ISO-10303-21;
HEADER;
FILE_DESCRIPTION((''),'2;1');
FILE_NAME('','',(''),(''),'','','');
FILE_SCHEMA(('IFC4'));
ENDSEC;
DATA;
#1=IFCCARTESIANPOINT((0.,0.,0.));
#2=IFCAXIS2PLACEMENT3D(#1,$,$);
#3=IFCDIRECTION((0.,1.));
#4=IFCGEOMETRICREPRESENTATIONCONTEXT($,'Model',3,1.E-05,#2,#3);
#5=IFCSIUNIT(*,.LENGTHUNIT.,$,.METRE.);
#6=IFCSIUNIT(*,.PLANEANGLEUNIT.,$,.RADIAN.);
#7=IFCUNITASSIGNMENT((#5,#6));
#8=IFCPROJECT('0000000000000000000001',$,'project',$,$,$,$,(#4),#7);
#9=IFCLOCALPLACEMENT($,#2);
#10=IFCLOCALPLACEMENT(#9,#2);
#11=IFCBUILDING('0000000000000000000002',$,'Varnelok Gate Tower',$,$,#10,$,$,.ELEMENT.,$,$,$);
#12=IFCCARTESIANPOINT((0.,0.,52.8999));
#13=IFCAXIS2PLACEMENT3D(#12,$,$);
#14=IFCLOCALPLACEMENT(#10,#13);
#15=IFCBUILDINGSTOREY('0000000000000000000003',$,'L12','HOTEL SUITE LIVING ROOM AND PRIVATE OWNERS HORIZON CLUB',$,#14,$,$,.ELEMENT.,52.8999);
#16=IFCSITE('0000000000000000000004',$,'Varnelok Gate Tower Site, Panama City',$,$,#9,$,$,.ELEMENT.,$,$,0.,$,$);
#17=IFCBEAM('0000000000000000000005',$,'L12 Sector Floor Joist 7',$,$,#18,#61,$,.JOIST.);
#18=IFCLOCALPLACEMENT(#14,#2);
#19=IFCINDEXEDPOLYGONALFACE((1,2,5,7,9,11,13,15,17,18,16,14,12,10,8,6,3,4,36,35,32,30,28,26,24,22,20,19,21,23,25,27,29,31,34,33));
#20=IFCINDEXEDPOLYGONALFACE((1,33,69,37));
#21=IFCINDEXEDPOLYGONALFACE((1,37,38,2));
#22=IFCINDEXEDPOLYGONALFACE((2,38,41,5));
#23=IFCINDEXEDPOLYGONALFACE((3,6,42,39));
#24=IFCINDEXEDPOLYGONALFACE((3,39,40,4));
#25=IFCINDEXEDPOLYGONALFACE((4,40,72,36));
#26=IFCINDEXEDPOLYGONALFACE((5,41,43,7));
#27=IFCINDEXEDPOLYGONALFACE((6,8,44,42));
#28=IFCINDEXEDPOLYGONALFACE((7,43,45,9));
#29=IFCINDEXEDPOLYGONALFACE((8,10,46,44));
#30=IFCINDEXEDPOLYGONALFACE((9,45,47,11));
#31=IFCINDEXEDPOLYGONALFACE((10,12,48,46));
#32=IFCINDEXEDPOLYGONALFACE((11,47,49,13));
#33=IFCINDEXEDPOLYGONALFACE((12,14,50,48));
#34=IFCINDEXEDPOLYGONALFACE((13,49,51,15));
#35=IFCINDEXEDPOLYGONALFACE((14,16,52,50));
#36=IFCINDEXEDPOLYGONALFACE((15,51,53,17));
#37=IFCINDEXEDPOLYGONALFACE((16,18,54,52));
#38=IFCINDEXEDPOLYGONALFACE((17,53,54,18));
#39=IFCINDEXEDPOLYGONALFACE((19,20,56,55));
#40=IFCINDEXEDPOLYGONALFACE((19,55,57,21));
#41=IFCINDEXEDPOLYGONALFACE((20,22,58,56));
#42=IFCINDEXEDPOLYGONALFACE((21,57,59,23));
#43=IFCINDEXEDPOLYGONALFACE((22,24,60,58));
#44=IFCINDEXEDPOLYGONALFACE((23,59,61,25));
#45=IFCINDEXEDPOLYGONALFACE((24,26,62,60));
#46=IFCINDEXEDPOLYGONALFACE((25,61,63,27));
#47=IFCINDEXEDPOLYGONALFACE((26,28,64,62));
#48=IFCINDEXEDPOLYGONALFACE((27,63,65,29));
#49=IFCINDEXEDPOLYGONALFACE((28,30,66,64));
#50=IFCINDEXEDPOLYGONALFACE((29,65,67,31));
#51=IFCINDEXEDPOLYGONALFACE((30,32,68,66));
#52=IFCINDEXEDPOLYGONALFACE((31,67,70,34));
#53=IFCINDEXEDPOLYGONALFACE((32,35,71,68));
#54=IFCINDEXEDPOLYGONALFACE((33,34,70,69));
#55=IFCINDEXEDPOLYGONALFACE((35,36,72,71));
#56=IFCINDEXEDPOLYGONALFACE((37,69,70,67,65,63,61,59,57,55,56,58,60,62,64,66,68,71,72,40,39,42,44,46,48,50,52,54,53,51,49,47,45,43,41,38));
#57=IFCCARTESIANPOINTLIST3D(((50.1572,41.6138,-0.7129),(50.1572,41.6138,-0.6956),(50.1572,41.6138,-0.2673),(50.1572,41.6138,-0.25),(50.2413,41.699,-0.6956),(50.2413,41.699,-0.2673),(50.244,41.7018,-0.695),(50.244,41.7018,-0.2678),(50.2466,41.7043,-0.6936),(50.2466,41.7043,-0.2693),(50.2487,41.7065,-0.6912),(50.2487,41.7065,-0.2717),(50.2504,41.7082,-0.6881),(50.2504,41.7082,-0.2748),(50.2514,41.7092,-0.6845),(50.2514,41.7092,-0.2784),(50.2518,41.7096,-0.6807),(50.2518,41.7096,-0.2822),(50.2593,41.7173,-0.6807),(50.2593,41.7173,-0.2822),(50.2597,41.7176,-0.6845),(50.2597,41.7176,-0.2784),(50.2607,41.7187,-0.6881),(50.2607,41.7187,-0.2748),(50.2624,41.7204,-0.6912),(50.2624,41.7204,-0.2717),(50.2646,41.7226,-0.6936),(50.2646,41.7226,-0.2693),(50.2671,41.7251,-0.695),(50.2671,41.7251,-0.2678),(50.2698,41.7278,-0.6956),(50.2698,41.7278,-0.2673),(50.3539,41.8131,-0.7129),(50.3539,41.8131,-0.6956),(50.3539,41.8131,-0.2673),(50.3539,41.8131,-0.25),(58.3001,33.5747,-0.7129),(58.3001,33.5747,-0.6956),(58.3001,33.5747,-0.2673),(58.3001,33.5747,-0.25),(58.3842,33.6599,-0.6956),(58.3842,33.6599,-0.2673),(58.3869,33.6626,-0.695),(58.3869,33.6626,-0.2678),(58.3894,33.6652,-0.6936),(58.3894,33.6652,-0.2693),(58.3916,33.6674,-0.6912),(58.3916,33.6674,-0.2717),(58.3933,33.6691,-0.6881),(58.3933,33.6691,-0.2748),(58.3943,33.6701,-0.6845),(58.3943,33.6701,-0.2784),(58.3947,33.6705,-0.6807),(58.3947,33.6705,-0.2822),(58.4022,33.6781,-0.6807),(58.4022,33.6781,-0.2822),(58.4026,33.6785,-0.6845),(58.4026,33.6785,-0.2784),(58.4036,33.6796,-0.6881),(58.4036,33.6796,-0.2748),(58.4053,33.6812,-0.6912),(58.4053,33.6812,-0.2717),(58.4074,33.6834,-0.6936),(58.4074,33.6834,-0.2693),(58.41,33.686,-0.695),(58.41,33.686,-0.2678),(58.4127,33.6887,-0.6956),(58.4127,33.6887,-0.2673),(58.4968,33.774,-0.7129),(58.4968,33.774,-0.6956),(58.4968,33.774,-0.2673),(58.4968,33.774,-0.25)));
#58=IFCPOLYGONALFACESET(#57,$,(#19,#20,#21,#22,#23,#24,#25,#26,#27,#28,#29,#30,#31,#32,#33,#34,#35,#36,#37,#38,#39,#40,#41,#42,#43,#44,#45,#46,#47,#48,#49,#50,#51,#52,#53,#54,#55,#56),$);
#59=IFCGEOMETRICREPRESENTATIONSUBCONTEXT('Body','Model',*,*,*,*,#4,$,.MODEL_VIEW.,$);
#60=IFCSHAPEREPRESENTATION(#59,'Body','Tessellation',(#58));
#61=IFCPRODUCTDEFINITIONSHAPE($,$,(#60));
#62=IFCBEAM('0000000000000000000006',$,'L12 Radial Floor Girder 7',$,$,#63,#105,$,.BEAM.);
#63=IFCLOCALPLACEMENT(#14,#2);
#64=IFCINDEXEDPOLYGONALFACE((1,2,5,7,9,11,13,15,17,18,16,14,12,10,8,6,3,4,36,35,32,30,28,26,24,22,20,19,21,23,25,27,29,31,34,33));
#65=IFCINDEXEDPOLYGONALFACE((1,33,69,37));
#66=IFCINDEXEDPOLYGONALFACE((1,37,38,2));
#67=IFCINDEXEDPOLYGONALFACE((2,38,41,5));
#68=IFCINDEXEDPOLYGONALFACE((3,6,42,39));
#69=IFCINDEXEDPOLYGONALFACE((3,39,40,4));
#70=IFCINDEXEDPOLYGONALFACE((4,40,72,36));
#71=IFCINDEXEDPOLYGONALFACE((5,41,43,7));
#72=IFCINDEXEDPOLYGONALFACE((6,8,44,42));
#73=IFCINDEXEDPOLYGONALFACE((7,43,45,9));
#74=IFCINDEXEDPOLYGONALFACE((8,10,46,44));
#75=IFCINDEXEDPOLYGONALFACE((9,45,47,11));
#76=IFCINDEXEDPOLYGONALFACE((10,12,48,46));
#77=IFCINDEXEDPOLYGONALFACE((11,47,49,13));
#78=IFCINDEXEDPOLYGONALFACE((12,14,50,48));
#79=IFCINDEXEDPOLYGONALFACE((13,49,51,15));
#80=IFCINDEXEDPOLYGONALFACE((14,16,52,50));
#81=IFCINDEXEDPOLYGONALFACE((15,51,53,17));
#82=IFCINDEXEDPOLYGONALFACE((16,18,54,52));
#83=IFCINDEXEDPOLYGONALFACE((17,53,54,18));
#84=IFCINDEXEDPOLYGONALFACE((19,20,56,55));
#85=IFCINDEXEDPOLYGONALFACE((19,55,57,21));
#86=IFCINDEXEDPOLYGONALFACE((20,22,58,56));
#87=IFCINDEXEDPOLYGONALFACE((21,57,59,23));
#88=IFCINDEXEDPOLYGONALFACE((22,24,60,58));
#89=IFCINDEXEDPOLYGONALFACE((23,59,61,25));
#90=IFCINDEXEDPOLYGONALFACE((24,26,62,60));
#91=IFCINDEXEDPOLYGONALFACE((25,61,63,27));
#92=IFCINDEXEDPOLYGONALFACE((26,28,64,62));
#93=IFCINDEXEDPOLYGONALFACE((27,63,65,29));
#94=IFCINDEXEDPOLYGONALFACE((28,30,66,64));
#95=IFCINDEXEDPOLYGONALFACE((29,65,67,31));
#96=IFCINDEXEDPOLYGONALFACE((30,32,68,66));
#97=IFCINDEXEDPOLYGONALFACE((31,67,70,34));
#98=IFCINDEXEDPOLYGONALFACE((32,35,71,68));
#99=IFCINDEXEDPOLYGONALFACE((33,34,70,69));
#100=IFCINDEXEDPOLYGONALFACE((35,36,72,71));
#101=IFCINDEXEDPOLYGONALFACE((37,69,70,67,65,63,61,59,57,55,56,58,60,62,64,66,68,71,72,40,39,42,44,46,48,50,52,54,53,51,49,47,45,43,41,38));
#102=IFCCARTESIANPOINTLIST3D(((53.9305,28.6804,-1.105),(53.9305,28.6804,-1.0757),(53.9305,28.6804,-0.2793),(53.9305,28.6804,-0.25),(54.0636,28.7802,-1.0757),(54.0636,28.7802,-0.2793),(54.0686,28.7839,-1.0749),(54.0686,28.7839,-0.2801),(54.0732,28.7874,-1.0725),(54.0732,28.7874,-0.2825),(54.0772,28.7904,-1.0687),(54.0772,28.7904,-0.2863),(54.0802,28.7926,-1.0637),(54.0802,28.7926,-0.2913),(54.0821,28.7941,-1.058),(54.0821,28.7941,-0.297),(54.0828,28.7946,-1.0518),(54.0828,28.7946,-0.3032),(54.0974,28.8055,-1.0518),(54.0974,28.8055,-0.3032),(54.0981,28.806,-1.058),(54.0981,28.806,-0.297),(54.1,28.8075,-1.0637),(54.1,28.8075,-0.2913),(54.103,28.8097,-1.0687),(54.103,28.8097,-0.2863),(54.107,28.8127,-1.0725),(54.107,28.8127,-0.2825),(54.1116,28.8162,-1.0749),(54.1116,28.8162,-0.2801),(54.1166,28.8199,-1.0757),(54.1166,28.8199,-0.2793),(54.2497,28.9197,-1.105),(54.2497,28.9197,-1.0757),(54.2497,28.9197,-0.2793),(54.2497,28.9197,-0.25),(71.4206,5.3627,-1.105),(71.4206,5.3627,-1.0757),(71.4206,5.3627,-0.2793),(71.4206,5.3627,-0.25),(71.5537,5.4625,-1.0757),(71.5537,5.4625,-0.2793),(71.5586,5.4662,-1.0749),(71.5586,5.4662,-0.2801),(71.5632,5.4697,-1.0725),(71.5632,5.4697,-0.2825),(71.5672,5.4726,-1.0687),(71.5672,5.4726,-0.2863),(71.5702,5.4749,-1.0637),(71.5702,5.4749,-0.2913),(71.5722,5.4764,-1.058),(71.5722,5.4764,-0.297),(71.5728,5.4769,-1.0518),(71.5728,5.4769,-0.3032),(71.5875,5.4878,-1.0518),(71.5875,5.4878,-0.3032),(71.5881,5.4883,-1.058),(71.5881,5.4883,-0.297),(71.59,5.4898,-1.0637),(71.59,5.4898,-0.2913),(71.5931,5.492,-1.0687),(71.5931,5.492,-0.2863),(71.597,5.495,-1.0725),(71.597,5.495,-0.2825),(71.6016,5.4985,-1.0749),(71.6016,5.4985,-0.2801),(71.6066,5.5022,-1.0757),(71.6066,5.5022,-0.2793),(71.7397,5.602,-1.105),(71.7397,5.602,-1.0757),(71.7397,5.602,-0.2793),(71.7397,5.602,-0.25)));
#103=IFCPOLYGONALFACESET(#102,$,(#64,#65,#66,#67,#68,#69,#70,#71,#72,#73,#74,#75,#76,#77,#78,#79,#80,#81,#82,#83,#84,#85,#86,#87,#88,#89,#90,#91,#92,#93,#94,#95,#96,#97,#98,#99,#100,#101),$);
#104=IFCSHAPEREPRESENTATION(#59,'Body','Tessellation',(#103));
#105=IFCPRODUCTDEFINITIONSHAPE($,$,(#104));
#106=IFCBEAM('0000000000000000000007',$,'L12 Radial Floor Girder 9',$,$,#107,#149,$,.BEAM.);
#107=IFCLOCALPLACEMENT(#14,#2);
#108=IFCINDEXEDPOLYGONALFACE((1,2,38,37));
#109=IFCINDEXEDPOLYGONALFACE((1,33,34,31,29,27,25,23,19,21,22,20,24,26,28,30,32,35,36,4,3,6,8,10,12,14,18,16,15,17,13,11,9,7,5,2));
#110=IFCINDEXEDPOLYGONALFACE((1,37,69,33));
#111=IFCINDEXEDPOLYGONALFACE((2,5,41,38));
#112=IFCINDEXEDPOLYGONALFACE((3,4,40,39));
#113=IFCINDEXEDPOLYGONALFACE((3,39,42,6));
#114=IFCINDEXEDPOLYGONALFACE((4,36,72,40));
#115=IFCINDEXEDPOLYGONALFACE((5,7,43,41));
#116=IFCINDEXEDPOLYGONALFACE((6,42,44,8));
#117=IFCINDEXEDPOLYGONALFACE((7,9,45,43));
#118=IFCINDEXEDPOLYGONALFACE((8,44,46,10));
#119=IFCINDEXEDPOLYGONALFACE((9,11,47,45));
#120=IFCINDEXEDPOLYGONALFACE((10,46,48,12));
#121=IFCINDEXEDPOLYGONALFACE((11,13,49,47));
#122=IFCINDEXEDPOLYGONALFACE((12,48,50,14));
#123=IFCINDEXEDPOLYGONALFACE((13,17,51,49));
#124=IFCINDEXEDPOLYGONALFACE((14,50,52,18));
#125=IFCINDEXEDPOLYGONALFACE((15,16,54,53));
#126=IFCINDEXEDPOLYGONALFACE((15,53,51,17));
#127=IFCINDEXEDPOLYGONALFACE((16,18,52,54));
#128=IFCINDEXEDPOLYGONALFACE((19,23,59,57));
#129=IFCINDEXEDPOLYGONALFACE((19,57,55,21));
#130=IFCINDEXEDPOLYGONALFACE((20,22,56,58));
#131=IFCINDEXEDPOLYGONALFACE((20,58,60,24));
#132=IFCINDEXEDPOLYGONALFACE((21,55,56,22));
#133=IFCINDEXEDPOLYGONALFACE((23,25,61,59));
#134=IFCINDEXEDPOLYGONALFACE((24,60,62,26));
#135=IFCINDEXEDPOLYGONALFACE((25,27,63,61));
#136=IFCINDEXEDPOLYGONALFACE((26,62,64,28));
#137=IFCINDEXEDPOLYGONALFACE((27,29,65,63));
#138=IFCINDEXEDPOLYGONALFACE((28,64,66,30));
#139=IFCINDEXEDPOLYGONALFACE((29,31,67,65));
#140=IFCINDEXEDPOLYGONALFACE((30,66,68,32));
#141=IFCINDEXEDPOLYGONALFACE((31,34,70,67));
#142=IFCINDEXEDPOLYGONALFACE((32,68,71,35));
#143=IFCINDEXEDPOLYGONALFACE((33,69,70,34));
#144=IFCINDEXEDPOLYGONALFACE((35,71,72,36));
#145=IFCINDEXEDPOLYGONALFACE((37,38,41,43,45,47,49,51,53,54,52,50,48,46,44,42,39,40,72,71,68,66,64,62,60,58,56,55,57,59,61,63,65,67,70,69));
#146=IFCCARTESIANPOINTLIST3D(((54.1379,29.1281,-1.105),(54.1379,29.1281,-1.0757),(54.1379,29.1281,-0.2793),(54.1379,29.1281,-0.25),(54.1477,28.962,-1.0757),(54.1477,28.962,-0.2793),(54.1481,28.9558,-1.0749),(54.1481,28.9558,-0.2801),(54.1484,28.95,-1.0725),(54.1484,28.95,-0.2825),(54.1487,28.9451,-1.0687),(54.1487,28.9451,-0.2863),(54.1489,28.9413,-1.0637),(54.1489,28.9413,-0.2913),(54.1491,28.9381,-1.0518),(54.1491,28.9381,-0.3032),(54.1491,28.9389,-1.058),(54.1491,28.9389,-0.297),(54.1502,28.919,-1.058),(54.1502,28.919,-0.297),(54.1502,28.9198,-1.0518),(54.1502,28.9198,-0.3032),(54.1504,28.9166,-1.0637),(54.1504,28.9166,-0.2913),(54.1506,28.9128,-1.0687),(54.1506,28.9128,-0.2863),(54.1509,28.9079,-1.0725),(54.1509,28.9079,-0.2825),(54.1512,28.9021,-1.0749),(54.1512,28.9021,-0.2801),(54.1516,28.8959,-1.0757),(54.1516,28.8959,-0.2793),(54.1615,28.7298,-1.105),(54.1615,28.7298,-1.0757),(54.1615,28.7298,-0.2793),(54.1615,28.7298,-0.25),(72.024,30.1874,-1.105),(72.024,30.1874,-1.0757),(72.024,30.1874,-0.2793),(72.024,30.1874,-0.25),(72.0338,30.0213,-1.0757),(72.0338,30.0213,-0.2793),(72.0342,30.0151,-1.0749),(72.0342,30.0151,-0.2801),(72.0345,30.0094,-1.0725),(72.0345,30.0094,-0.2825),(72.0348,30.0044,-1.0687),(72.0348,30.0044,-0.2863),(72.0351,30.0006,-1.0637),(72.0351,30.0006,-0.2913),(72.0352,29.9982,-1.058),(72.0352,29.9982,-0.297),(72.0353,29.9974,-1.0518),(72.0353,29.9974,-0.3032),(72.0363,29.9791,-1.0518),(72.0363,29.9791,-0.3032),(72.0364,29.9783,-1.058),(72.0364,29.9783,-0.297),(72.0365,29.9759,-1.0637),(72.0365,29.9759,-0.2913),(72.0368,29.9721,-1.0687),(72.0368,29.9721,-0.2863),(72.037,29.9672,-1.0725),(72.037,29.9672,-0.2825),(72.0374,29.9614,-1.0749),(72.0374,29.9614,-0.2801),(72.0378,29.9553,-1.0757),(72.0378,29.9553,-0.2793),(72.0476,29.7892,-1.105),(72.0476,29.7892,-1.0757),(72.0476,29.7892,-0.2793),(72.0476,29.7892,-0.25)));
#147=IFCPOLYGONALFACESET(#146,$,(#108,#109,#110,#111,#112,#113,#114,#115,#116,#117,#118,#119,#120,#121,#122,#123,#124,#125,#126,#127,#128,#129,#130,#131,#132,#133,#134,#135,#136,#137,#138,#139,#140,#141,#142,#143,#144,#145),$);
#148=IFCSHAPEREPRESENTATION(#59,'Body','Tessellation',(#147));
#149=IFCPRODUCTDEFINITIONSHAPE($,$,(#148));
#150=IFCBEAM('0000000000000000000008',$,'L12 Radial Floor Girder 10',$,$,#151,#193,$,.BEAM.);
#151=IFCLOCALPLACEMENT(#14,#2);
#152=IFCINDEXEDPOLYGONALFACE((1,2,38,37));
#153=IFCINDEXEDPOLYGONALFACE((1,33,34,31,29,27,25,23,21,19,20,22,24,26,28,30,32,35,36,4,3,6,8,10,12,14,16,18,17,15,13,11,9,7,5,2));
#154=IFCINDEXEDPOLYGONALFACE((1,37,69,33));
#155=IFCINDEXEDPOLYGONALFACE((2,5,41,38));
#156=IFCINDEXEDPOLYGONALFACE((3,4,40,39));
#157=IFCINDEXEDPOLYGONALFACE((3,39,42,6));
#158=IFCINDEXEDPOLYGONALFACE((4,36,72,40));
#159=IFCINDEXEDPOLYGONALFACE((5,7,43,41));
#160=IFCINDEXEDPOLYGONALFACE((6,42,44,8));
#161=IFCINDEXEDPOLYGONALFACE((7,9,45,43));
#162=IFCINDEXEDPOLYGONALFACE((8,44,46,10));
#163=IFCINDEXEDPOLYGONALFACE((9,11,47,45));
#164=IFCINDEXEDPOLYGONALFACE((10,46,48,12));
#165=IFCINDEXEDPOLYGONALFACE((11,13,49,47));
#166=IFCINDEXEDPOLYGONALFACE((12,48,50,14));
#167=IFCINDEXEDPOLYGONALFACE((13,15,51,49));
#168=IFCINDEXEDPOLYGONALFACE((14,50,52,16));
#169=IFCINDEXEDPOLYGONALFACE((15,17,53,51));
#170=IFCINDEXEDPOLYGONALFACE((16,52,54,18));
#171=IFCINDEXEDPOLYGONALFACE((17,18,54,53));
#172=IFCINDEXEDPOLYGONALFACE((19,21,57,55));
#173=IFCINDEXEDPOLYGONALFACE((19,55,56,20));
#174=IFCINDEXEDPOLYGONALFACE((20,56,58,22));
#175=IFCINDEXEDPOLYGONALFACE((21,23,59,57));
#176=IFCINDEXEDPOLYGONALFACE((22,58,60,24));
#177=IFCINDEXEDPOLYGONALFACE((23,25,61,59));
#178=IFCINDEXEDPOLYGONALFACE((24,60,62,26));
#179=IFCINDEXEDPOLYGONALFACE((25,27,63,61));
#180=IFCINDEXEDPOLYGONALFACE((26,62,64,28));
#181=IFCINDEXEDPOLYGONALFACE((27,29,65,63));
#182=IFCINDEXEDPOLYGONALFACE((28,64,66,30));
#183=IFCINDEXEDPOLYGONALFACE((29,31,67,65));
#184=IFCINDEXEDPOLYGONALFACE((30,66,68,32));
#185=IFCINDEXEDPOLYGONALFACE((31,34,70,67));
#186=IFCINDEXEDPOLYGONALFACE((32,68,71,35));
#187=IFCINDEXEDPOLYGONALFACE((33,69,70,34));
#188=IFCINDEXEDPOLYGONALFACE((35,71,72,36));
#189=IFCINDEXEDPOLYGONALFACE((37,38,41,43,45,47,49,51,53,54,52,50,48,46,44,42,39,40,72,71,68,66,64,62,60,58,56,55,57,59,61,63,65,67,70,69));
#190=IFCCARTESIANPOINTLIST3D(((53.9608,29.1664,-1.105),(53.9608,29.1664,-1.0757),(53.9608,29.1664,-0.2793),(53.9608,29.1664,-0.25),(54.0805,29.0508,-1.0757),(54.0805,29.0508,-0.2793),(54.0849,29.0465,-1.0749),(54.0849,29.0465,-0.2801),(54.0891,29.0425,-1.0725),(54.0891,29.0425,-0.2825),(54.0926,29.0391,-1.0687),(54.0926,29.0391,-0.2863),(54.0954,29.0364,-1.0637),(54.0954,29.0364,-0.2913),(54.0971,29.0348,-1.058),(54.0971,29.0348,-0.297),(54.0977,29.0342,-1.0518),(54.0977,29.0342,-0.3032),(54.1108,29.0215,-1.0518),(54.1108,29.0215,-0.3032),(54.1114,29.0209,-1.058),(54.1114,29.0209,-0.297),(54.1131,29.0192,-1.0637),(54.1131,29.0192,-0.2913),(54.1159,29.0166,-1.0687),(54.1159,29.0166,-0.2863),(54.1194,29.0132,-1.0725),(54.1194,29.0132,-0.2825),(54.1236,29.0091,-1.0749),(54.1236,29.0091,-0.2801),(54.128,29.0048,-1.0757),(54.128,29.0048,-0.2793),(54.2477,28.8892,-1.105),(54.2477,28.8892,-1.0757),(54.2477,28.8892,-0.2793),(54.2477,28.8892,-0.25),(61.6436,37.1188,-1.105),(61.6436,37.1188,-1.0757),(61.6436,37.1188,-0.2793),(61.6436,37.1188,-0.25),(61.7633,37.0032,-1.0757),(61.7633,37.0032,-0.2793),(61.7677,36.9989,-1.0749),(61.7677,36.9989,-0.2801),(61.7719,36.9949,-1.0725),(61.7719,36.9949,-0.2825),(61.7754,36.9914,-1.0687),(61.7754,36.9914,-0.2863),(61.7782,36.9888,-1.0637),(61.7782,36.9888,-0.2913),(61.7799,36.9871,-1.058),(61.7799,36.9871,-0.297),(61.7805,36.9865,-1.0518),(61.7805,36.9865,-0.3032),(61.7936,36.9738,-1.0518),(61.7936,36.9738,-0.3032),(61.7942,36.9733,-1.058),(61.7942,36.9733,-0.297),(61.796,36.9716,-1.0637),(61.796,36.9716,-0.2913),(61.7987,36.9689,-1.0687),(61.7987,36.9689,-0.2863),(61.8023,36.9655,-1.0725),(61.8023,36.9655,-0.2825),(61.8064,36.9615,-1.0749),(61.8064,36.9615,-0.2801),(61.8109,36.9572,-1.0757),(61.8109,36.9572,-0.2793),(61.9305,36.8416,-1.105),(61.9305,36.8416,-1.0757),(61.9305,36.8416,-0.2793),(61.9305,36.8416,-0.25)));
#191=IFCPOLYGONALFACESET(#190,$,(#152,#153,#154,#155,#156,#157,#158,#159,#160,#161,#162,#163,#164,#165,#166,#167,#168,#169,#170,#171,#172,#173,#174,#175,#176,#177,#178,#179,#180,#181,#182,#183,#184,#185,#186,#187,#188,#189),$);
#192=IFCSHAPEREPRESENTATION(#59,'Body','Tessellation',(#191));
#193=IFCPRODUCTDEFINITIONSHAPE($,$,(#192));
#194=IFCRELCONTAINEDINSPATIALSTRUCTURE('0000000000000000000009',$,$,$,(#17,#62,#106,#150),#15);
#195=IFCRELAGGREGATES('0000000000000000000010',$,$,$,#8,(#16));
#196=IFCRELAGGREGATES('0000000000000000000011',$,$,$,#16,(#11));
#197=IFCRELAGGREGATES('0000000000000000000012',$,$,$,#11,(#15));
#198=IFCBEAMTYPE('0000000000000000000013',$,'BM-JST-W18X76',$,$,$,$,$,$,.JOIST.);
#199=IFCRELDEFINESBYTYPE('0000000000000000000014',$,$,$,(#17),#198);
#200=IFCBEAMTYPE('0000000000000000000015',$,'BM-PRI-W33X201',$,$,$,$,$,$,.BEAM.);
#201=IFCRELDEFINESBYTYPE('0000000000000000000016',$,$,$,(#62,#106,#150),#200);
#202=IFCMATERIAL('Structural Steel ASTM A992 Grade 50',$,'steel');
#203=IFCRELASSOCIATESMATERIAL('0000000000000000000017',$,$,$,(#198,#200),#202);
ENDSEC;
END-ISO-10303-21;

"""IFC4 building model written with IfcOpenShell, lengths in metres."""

from ifc_helpers import new_model, si_unit, direction, frame, origin, origin_2d, place, context, subcontext, project, spatial, i_section, extrude, material, material_profile, profile_set, type_object, element, save


model = new_model("IFC4")

# Units and contexts
model_context = context("Model", 3, precision=1e-05, world=origin(), true_north=direction((0.0, 1.0)))
body_context = subcontext(model_context, "Body", "Model", "MODEL_VIEW")
ifc_project = project(units=[si_unit("LENGTHUNIT", "METRE"), si_unit("PLANEANGLEUNIT", "RADIAN")], contexts=[model_context])

# Site, building, storey
site_placement = place(None, origin())
site = spatial("IfcSite", under=ifc_project, at=site_placement, Name="Varnelok Gate Tower Site, Panama City", CompositionType="ELEMENT", RefElevation=0.0)
building_placement = place(site_placement, origin())
building = spatial("IfcBuilding", under=site, at=building_placement, Name="Varnelok Gate Tower", CompositionType="ELEMENT")
storey_placement = place(building_placement, frame((0.0, 0.0, 52.8999)))
storey = spatial("IfcBuildingStorey", under=building, at=storey_placement, Name="L12", Description="HOTEL SUITE LIVING ROOM AND PRIVATE OWNERS HORIZON CLUB", CompositionType="ELEMENT", Elevation=52.8999)

# Shared definitions
ifc_material_1 = material(Name="Structural Steel ASTM A992 Grade 50", Category="steel")

# Beams
ifc_material_profile_1 = material_profile(ifc_material_1, i_section(OverallWidth=0.28, OverallDepth=0.4629, WebThickness=0.0107, FlangeThickness=0.0173, FilletRadius=0.0149, at=origin_2d()), Name="W18X76")
ifc_profile_set_1 = profile_set([ifc_material_profile_1], Name="Structural Steel ASTM A992 Grade 50")
beam_type_1 = type_object("IfcBeamType", Name="BM-JST-W18X76", PredefinedType="JOIST", material=ifc_profile_set_1)
beam_1_placement = place(storey_placement, frame((58.3984, 33.6743, -0.4814), z_axis=(-0.711626, 0.702558, 0.0), x_axis=(-0.702558, -0.711626, 0.0)))
element("IfcBeam", 1, at=beam_1_placement, inside=storey, type_object=beam_type_1, Name="L12 Sector Floor Joist 7", PredefinedType="JOIST", context=body_context, shape_type="SweptSolid", body=[
    extrude(i_section(OverallWidth=0.28, OverallDepth=0.4629, WebThickness=0.0107, FlangeThickness=0.0173, FilletRadius=0.0149, at=origin_2d()), origin(), (0.0, 0.0, 1.0), 11.4426),
])
ifc_material_profile_2 = material_profile(ifc_material_1, i_section(OverallWidth=0.3989, OverallDepth=0.855, WebThickness=0.0183, FlangeThickness=0.0293, FilletRadius=0.0239, at=origin_2d()), Name="W33X201")
ifc_profile_set_2 = profile_set([ifc_material_profile_2], Name="Structural Steel ASTM A992 Grade 50")
beam_type_2 = type_object("IfcBeamType", Name="BM-PRI-W33X201", PredefinedType="BEAM", material=ifc_profile_set_2)
beam_2_placement = place(storey_placement, frame((54.0901, 28.8, -0.6775), z_axis=(0.600039, -0.799971, 0.0), x_axis=(0.799971, 0.600039, 0.0)))
element("IfcBeam", 2, at=beam_2_placement, inside=storey, type_object=beam_type_2, Name="L12 Radial Floor Girder 7", PredefinedType="BEAM", context=body_context, shape_type="SweptSolid", body=[
    extrude(i_section(OverallWidth=0.3989, OverallDepth=0.855, WebThickness=0.0183, FlangeThickness=0.0293, FilletRadius=0.0239, at=origin_2d()), origin(), (0.0, 0.0, 1.0), 29.1482),
])
beam_3_placement = place(storey_placement, frame((54.1497, 28.929, -0.6775), z_axis=(0.998251, 0.059122, 0.0), x_axis=(-0.059122, 0.998251, 0.0)))
element("IfcBeam", 3, at=beam_3_placement, inside=storey, type_object=beam_type_2, Name="L12 Radial Floor Girder 9", PredefinedType="BEAM", context=body_context, shape_type="SweptSolid", body=[
    extrude(i_section(OverallWidth=0.3989, OverallDepth=0.855, WebThickness=0.0183, FlangeThickness=0.0293, FilletRadius=0.0239, at=origin_2d()), origin(), (0.0, 0.0, 1.0), 17.9175),
])
beam_4_placement = place(storey_placement, frame((54.1042, 29.0278, -0.6775), z_axis=(0.694814, 0.71919, 0.0), x_axis=(-0.71919, 0.694814, 0.0)))
element("IfcBeam", 4, at=beam_4_placement, inside=storey, type_object=beam_type_2, Name="L12 Radial Floor Girder 10", PredefinedType="BEAM", context=body_context, shape_type="SweptSolid", body=[
    extrude(i_section(OverallWidth=0.3989, OverallDepth=0.855, WebThickness=0.0183, FlangeThickness=0.0293, FilletRadius=0.0239, at=origin_2d()), origin(), (0.0, 0.0, 1.0), 11.0574),
])

save(model, "model.ifc")
